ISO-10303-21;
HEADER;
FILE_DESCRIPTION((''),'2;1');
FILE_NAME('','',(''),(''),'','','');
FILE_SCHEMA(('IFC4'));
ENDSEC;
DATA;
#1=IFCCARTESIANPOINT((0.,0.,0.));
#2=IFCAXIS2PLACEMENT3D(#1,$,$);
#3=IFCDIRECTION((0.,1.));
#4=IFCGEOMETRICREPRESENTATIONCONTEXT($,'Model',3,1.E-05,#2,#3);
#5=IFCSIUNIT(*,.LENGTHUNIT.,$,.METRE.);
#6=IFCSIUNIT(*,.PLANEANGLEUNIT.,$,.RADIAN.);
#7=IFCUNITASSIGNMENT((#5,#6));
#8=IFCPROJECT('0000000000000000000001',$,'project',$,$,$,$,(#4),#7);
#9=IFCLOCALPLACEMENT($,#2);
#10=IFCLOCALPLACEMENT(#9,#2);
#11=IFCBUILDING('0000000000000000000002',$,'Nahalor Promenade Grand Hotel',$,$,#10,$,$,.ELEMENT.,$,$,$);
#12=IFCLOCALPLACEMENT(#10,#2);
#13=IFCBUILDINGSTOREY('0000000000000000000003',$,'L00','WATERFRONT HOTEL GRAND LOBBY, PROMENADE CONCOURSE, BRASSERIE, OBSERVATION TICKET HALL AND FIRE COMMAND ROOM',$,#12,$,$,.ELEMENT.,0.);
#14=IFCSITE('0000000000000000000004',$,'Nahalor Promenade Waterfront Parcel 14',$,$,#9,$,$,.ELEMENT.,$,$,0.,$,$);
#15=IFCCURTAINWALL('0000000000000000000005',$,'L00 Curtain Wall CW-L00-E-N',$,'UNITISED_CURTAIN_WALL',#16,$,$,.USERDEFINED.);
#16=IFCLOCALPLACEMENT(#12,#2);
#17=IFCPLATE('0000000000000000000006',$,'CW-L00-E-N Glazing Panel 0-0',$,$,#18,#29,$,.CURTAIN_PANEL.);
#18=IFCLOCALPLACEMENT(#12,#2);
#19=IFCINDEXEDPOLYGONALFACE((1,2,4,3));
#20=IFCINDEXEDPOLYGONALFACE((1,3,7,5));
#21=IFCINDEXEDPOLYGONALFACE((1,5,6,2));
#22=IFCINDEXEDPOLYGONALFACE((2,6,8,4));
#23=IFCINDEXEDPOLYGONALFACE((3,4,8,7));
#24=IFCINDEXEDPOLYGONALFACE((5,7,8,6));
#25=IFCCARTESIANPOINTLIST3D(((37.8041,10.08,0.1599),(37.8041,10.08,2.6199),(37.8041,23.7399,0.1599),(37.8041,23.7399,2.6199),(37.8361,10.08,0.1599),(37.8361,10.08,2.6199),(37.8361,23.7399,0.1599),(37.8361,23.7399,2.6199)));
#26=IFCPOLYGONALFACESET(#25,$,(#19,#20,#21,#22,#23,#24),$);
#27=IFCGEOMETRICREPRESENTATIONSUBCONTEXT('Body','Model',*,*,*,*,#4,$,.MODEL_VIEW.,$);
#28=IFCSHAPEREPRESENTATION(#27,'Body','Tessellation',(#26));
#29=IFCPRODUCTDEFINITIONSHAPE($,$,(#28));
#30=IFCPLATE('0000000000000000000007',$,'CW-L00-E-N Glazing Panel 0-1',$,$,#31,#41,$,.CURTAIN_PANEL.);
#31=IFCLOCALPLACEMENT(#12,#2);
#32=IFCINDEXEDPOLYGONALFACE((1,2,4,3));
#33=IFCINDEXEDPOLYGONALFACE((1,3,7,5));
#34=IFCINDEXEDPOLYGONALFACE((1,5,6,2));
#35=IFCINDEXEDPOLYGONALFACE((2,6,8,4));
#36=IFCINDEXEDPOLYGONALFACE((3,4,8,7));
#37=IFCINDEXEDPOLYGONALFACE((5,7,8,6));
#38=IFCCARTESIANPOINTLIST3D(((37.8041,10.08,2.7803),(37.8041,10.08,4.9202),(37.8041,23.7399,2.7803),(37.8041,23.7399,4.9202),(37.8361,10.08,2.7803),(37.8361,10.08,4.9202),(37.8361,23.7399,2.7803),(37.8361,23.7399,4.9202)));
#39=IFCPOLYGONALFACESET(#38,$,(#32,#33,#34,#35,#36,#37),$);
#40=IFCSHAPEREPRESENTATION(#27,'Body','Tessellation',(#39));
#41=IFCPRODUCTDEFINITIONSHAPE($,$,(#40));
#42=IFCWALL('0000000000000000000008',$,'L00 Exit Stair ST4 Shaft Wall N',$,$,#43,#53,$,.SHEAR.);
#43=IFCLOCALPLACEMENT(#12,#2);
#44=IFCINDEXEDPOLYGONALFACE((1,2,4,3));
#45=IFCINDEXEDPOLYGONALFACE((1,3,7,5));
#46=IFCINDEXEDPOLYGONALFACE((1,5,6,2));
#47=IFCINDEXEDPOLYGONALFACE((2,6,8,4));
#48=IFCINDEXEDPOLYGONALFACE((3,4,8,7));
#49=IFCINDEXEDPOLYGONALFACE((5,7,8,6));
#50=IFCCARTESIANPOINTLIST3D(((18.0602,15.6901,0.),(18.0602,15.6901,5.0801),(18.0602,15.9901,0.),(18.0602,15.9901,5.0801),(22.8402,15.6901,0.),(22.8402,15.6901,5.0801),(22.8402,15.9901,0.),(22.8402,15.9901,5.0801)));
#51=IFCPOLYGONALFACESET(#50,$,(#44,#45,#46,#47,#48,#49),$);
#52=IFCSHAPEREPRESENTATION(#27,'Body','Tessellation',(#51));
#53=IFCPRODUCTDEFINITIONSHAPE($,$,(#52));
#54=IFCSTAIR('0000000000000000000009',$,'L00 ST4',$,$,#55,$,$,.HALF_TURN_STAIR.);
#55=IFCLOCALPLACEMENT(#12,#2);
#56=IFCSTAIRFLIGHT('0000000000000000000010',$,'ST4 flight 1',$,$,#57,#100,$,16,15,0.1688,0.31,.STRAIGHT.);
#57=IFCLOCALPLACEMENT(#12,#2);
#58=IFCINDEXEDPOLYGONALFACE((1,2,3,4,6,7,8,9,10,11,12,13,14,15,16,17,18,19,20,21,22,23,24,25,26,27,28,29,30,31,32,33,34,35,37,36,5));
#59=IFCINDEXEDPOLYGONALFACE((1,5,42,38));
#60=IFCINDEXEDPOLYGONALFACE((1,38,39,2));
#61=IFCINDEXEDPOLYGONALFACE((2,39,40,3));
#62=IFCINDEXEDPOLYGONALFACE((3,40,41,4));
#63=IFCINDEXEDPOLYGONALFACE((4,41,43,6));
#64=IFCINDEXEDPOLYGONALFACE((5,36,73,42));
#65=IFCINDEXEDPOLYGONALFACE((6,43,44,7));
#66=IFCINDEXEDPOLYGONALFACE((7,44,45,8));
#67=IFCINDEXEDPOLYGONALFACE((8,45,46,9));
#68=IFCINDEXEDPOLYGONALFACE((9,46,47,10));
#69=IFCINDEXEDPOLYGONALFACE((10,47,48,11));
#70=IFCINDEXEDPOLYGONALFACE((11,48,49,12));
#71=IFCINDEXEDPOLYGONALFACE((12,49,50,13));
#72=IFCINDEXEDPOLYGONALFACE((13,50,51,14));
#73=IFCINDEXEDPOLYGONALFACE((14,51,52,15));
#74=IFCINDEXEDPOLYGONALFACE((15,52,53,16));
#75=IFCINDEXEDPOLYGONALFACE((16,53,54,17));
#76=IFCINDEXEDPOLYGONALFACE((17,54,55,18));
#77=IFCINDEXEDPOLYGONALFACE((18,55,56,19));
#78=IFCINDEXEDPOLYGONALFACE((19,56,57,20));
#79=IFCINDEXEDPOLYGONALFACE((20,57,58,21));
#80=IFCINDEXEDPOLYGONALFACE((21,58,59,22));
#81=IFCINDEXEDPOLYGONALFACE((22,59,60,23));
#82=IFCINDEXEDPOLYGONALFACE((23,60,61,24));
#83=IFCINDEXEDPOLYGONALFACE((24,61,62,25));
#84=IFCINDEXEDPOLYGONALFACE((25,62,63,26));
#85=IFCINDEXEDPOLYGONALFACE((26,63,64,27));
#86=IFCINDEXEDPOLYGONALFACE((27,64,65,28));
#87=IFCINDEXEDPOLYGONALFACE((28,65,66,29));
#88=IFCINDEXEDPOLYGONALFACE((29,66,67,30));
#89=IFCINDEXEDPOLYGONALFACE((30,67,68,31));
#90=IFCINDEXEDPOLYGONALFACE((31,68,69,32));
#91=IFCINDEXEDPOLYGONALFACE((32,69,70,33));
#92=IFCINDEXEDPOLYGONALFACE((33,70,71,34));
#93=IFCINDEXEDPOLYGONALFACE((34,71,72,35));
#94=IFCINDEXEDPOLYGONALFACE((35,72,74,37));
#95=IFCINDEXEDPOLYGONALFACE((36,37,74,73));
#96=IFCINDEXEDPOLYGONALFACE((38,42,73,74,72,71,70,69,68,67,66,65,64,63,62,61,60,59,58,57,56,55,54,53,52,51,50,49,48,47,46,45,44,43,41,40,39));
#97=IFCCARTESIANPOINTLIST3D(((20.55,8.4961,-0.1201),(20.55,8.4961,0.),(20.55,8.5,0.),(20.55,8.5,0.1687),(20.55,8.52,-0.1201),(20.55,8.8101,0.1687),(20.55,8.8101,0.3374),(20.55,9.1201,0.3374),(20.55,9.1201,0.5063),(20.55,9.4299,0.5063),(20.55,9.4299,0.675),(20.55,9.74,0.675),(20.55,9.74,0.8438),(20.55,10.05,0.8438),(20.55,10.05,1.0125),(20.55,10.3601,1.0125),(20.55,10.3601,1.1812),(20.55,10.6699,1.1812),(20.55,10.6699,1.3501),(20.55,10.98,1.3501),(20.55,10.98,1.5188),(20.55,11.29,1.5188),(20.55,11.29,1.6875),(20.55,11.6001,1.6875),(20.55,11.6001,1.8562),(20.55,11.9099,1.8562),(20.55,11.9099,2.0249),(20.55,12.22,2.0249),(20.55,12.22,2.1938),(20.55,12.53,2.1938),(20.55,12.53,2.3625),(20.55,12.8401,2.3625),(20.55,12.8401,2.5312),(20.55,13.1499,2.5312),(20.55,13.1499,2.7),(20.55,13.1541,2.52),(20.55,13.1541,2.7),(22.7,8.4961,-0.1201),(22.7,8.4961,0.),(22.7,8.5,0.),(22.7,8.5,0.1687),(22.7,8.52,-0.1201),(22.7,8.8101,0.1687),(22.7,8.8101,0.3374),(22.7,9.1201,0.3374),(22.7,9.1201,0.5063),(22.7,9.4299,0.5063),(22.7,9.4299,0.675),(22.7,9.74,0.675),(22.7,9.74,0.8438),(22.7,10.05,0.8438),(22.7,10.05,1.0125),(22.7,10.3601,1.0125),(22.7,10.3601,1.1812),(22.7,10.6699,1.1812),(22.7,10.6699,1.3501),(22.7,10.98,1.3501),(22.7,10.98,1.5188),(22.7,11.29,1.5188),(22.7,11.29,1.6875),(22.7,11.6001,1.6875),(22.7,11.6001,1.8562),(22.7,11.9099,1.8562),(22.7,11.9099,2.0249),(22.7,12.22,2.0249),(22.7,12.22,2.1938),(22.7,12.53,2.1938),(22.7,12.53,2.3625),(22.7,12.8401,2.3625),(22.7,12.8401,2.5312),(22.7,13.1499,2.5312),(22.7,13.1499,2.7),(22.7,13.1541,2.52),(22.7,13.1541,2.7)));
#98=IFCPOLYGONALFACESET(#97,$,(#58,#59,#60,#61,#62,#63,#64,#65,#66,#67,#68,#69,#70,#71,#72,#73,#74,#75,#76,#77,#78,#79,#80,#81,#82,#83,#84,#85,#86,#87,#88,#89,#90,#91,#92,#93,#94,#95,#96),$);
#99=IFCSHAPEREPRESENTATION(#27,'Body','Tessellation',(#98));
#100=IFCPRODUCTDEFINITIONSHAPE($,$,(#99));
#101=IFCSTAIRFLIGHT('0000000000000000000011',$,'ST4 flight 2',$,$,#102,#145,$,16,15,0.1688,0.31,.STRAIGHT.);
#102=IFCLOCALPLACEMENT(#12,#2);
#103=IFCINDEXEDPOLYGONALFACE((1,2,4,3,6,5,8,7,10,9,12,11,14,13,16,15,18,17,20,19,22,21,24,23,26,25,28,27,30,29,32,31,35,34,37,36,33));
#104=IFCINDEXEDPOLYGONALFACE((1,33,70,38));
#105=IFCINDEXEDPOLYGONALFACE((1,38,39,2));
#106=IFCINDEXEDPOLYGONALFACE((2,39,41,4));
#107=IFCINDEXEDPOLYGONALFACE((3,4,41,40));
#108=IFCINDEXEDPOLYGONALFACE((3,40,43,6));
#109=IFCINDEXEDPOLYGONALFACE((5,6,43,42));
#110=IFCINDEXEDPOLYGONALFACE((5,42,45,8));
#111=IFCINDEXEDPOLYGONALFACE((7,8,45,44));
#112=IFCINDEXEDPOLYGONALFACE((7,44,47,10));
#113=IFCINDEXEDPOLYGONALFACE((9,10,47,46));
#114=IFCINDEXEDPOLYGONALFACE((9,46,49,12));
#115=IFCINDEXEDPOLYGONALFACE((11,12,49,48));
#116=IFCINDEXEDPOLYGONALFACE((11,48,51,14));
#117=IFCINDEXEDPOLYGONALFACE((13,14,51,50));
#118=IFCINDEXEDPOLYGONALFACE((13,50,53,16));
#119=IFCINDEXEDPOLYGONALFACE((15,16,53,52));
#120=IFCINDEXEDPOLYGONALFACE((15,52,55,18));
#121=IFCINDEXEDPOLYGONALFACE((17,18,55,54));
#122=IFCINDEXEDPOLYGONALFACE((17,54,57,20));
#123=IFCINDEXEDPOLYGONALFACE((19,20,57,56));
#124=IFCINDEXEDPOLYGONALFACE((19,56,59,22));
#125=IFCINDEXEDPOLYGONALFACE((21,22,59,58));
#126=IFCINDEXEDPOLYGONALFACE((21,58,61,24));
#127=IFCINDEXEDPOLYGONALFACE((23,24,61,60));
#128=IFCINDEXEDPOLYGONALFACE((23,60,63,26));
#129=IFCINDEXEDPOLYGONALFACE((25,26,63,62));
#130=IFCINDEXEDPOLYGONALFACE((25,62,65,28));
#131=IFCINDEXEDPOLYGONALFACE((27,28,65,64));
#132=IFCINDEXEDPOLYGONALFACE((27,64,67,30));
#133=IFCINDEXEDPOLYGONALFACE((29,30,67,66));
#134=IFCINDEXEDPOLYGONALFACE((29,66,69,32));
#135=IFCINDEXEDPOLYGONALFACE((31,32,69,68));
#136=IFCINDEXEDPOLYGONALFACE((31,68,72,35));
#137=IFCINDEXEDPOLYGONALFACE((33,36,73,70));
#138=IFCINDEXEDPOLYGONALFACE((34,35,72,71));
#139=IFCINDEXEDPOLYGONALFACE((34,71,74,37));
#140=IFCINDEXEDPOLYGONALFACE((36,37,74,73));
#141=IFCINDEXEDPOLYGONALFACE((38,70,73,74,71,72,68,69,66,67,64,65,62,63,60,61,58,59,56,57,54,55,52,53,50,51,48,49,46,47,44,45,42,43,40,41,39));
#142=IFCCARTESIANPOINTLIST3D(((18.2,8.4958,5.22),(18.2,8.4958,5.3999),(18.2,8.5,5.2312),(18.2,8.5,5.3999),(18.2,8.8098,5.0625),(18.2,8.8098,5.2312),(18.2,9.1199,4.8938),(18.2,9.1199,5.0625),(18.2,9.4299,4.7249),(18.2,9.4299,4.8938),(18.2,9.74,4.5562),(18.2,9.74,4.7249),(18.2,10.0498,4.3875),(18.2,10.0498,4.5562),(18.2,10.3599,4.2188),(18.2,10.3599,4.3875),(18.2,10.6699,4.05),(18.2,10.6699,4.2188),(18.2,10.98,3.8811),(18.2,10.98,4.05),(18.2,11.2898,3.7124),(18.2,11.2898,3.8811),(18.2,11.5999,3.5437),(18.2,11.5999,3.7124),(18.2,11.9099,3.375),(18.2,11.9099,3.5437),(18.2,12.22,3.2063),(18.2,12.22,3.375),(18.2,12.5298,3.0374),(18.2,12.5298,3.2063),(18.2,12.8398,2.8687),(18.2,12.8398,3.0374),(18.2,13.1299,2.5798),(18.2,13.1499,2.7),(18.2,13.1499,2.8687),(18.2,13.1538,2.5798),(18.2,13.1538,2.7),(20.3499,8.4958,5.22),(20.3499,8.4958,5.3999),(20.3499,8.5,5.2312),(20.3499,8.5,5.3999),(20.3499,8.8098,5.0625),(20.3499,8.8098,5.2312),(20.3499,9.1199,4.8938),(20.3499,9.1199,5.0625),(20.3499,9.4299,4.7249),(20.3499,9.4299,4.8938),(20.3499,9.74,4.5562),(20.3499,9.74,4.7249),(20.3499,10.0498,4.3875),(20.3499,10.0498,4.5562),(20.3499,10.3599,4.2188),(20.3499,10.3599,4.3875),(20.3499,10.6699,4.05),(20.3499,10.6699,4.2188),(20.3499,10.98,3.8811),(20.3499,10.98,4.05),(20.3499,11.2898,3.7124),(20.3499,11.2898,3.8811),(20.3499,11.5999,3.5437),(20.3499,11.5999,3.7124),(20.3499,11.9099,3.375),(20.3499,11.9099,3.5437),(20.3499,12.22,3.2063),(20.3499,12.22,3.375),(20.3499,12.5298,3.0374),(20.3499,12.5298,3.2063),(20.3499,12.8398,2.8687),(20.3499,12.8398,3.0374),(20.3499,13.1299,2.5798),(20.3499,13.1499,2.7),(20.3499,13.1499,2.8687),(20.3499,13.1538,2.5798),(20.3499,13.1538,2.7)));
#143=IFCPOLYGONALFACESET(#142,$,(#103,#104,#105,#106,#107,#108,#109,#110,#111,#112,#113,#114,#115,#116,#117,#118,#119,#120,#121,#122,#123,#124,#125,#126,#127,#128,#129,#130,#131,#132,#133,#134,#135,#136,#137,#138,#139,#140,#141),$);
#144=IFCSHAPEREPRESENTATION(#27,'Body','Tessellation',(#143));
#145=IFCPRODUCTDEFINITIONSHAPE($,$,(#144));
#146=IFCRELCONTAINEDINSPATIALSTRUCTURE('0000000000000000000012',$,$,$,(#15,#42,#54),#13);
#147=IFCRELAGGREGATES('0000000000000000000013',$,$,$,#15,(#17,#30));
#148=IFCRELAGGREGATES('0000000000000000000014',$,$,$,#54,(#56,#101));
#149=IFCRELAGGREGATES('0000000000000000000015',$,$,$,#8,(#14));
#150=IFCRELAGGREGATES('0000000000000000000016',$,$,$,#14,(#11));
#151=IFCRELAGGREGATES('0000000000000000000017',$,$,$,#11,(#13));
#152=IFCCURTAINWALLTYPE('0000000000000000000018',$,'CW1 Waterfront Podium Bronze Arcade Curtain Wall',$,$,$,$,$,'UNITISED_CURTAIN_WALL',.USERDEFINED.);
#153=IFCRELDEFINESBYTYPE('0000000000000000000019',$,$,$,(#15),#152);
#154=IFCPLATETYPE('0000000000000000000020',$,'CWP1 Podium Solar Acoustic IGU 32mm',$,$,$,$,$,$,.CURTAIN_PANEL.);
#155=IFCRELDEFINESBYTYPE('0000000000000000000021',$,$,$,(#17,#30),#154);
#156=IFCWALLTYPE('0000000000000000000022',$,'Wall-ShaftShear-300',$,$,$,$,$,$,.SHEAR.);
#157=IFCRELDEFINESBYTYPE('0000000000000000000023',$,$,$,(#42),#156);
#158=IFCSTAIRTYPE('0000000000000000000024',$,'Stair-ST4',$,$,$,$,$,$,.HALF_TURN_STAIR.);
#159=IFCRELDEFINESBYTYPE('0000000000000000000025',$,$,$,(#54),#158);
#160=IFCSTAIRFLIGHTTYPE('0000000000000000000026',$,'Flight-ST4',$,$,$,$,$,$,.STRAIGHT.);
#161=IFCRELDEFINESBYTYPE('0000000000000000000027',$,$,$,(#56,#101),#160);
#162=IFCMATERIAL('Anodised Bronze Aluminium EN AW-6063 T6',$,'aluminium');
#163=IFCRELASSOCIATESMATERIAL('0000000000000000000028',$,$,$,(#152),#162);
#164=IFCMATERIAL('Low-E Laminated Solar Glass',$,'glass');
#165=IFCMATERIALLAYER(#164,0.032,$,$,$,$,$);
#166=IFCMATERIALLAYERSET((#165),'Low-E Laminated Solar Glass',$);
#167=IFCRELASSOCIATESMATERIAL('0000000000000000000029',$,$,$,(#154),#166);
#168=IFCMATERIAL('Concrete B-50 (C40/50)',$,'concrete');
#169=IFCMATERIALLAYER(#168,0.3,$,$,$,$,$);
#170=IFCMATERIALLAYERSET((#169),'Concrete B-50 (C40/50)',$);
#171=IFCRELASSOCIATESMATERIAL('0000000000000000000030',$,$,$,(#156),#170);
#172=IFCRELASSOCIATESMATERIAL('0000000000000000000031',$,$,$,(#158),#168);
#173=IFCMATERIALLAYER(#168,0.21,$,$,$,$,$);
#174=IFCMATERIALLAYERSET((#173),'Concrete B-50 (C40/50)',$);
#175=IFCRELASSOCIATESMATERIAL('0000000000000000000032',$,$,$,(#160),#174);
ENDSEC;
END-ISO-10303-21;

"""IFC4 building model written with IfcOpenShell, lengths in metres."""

from ifc_helpers import new_model, si_unit, direction, frame, frame_2d, origin, origin_2d, place, context, subcontext, project, spatial, polyline, rectangle, outline, extrude, source, transform, mapped, material, layer, layer_set, type_object, element, aggregate, save


model = new_model("IFC4")

# Units and contexts
model_context = context("Model", 3, precision=1e-05, world=origin(), true_north=direction((0.0, 1.0)))
body_context = subcontext(model_context, "Body", "Model", "MODEL_VIEW")
ifc_project = project(units=[si_unit("LENGTHUNIT", "METRE"), si_unit("PLANEANGLEUNIT", "RADIAN")], contexts=[model_context])

# Site, building, storey
site_placement = place(None, origin())
site = spatial("IfcSite", under=ifc_project, at=site_placement, Name="Nahalor Promenade Waterfront Parcel 14", CompositionType="ELEMENT", RefElevation=0.0)
building_placement = place(site_placement, origin())
building = spatial("IfcBuilding", under=site, at=building_placement, Name="Nahalor Promenade Grand Hotel", CompositionType="ELEMENT")
storey_placement = place(building_placement, origin())
storey = spatial("IfcBuildingStorey", under=building, at=storey_placement, Name="L00", Description="WATERFRONT HOTEL GRAND LOBBY, PROMENADE CONCOURSE, BRASSERIE, OBSERVATION TICKET HALL AND FIRE COMMAND ROOM", CompositionType="ELEMENT", Elevation=0.0)

# Curtain wall, plates
ifc_material_1 = material(Name="Anodised Bronze Aluminium EN AW-6063 T6", Category="aluminium")
curtain_wall_type = type_object("IfcCurtainWallType", Name="CW1 Waterfront Podium Bronze Arcade Curtain Wall", ElementType="UNITISED_CURTAIN_WALL", PredefinedType="USERDEFINED", material=ifc_material_1)
curtain_wall_placement = place(storey_placement, origin())
curtain_wall = element("IfcCurtainWall", 1, at=curtain_wall_placement, inside=storey, type_object=curtain_wall_type, Name="L00 Curtain Wall CW-L00-E-N", ObjectType="UNITISED_CURTAIN_WALL", PredefinedType="USERDEFINED")
ifc_material_2 = material(Name="Low-E Laminated Solar Glass", Category="glass")
ifc_layer_1 = layer(ifc_material_2, 0.032)
ifc_layer_set_1 = layer_set([ifc_layer_1], Name="Low-E Laminated Solar Glass")
plate_type = type_object("IfcPlateType", Name="CWP1 Podium Solar Acoustic IGU 32mm", PredefinedType="CURTAIN_PANEL", material=ifc_layer_set_1)
shared_shape_1 = source(origin(), body_context, "Body", "SweptSolid", [
    extrude(rectangle(XDim=13.6599, YDim=0.032, at=origin_2d()), origin(), (0.0, 0.0, 1.0), 2.46),
])
plate_1_placement = place(storey_placement, frame((37.8201, 16.9099, 0.1599), z_axis=(0.0, 0.0, 1.0), x_axis=(0.0, 1.0, 0.0)))
plate_1 = element("IfcPlate", 2, at=plate_1_placement, type_object=plate_type, Name="CW-L00-E-N Glazing Panel 0-0", PredefinedType="CURTAIN_PANEL", context=body_context, shape_type="MappedRepresentation", body=[
    mapped(shared_shape_1, transform((0.0, 0.0, 0.0), scale=1.0)),
])
shared_shape_2 = source(origin(), body_context, "Body", "SweptSolid", [
    extrude(rectangle(XDim=13.6599, YDim=0.032, at=origin_2d()), origin(), (0.0, 0.0, 1.0), 2.1399),
])
plate_2_placement = place(storey_placement, frame((37.8201, 16.9099, 2.7803), z_axis=(0.0, 0.0, 1.0), x_axis=(0.0, 1.0, 0.0)))
plate_2 = element("IfcPlate", 3, at=plate_2_placement, type_object=plate_type, Name="CW-L00-E-N Glazing Panel 0-1", PredefinedType="CURTAIN_PANEL", context=body_context, shape_type="MappedRepresentation", body=[
    mapped(shared_shape_2, transform((0.0, 0.0, 0.0), scale=1.0)),
])
aggregate(curtain_wall, [plate_1, plate_2])

# Wall
ifc_material_3 = material(Name="Concrete B-50 (C40/50)", Category="concrete")
ifc_layer_2 = layer(ifc_material_3, 0.3)
ifc_layer_set_2 = layer_set([ifc_layer_2], Name="Concrete B-50 (C40/50)")
wall_type = type_object("IfcWallType", Name="Wall-ShaftShear-300", PredefinedType="SHEAR", material=ifc_layer_set_2)
shared_shape_3 = source(origin(), body_context, "Body", "SweptSolid", [
    extrude(rectangle(XDim=4.78, YDim=0.3, at=frame_2d((2.3901, 0.0))), origin(), (0.0, 0.0, 1.0), 5.0801),
])
wall_placement = place(storey_placement, frame((18.0601, 15.8401, 0.0), z_axis=(0.0, 0.0, 1.0), x_axis=(1.0, 0.0, 0.0)))
element("IfcWall", 4, at=wall_placement, inside=storey, type_object=wall_type, Name="L00 Exit Stair ST4 Shaft Wall N", PredefinedType="SHEAR", context=body_context, shape_type="MappedRepresentation", body=[
    mapped(shared_shape_3, transform((0.0, 0.0, 0.0), scale=1.0)),
])

# Stair, stair flights
stair_type = type_object("IfcStairType", Name="Stair-ST4", PredefinedType="HALF_TURN_STAIR", material=ifc_material_3)
stair_placement = place(storey_placement, origin())
stair = element("IfcStair", 5, at=stair_placement, inside=storey, type_object=stair_type, Name="L00 ST4", PredefinedType="HALF_TURN_STAIR")
ifc_layer_3 = layer(ifc_material_3, 0.21)
ifc_layer_set_3 = layer_set([ifc_layer_3], Name="Concrete B-50 (C40/50)")
stair_flight_type = type_object("IfcStairFlightType", Name="Flight-ST4", PredefinedType="STRAIGHT", material=ifc_layer_set_3)
shared_shape_4 = source(origin(), body_context, "Body", "SweptSolid", [
    extrude(outline(polyline([(-0.0039, -0.1201), (-0.0039, 0.0), (0.0, 0.0), (0.0, 0.1687), (0.3101, 0.1687), (0.3101, 0.3374), (0.6201, 0.3374), (0.6201, 0.5063), (0.9299, 0.5063), (0.9299, 0.675), (1.24, 0.675), (1.24, 0.8438), (1.55, 0.8438), (1.55, 1.0125), (1.8601, 1.0125), (1.8601, 1.1812), (2.1699, 1.1812), (2.1699, 1.3501), (2.48, 1.3501), (2.48, 1.5188), (2.79, 1.5188), (2.79, 1.6875), (3.1001, 1.6875), (3.1001, 1.8562), (3.4099, 1.8562), (3.4099, 2.0249), (3.72, 2.0249), (3.72, 2.1938), (4.03, 2.1938), (4.03, 2.3625), (4.3401, 2.3625), (4.3401, 2.5312), (4.6499, 2.5312), (4.6499, 2.7), (4.6541, 2.7), (4.6541, 2.52), (0.02, -0.1201), (-0.0039, -0.1201)])), frame((0.0, 1.075, 0.0), z_axis=(0.0, -1.0, 0.0), x_axis=(1.0, 0.0, 0.0)), (0.0, 0.0, 1.0), 2.1499),
])
stair_flight_1_placement = place(storey_placement, frame((21.625, 8.5, 0.0), z_axis=(0.0, 0.0, 1.0), x_axis=(0.0, 1.0, 0.0)))
stair_flight_1 = element("IfcStairFlight", 6, at=stair_flight_1_placement, type_object=stair_flight_type, Name="ST4 flight 1", NumberOfRisers=16, NumberOfTreads=15, PredefinedType="STRAIGHT", RiserHeight=0.1688, TreadLength=0.31, context=body_context, shape_type="MappedRepresentation", body=[
    mapped(shared_shape_4, transform((0.0, 0.0, 0.0), scale=1.0)),
])
stair_flight_2_placement = place(storey_placement, frame((19.2749, 13.1499, 2.7), z_axis=(0.0, 0.0, 1.0), x_axis=(0.0, -1.0, 0.0)))
stair_flight_2 = element("IfcStairFlight", 7, at=stair_flight_2_placement, type_object=stair_flight_type, Name="ST4 flight 2", NumberOfRisers=16, NumberOfTreads=15, PredefinedType="STRAIGHT", RiserHeight=0.1688, TreadLength=0.31, context=body_context, shape_type="MappedRepresentation", body=[
    mapped(shared_shape_4, transform((0.0, 0.0, 0.0), scale=1.0)),
])
aggregate(stair, [stair_flight_1, stair_flight_2])

save(model, "model.ifc")
